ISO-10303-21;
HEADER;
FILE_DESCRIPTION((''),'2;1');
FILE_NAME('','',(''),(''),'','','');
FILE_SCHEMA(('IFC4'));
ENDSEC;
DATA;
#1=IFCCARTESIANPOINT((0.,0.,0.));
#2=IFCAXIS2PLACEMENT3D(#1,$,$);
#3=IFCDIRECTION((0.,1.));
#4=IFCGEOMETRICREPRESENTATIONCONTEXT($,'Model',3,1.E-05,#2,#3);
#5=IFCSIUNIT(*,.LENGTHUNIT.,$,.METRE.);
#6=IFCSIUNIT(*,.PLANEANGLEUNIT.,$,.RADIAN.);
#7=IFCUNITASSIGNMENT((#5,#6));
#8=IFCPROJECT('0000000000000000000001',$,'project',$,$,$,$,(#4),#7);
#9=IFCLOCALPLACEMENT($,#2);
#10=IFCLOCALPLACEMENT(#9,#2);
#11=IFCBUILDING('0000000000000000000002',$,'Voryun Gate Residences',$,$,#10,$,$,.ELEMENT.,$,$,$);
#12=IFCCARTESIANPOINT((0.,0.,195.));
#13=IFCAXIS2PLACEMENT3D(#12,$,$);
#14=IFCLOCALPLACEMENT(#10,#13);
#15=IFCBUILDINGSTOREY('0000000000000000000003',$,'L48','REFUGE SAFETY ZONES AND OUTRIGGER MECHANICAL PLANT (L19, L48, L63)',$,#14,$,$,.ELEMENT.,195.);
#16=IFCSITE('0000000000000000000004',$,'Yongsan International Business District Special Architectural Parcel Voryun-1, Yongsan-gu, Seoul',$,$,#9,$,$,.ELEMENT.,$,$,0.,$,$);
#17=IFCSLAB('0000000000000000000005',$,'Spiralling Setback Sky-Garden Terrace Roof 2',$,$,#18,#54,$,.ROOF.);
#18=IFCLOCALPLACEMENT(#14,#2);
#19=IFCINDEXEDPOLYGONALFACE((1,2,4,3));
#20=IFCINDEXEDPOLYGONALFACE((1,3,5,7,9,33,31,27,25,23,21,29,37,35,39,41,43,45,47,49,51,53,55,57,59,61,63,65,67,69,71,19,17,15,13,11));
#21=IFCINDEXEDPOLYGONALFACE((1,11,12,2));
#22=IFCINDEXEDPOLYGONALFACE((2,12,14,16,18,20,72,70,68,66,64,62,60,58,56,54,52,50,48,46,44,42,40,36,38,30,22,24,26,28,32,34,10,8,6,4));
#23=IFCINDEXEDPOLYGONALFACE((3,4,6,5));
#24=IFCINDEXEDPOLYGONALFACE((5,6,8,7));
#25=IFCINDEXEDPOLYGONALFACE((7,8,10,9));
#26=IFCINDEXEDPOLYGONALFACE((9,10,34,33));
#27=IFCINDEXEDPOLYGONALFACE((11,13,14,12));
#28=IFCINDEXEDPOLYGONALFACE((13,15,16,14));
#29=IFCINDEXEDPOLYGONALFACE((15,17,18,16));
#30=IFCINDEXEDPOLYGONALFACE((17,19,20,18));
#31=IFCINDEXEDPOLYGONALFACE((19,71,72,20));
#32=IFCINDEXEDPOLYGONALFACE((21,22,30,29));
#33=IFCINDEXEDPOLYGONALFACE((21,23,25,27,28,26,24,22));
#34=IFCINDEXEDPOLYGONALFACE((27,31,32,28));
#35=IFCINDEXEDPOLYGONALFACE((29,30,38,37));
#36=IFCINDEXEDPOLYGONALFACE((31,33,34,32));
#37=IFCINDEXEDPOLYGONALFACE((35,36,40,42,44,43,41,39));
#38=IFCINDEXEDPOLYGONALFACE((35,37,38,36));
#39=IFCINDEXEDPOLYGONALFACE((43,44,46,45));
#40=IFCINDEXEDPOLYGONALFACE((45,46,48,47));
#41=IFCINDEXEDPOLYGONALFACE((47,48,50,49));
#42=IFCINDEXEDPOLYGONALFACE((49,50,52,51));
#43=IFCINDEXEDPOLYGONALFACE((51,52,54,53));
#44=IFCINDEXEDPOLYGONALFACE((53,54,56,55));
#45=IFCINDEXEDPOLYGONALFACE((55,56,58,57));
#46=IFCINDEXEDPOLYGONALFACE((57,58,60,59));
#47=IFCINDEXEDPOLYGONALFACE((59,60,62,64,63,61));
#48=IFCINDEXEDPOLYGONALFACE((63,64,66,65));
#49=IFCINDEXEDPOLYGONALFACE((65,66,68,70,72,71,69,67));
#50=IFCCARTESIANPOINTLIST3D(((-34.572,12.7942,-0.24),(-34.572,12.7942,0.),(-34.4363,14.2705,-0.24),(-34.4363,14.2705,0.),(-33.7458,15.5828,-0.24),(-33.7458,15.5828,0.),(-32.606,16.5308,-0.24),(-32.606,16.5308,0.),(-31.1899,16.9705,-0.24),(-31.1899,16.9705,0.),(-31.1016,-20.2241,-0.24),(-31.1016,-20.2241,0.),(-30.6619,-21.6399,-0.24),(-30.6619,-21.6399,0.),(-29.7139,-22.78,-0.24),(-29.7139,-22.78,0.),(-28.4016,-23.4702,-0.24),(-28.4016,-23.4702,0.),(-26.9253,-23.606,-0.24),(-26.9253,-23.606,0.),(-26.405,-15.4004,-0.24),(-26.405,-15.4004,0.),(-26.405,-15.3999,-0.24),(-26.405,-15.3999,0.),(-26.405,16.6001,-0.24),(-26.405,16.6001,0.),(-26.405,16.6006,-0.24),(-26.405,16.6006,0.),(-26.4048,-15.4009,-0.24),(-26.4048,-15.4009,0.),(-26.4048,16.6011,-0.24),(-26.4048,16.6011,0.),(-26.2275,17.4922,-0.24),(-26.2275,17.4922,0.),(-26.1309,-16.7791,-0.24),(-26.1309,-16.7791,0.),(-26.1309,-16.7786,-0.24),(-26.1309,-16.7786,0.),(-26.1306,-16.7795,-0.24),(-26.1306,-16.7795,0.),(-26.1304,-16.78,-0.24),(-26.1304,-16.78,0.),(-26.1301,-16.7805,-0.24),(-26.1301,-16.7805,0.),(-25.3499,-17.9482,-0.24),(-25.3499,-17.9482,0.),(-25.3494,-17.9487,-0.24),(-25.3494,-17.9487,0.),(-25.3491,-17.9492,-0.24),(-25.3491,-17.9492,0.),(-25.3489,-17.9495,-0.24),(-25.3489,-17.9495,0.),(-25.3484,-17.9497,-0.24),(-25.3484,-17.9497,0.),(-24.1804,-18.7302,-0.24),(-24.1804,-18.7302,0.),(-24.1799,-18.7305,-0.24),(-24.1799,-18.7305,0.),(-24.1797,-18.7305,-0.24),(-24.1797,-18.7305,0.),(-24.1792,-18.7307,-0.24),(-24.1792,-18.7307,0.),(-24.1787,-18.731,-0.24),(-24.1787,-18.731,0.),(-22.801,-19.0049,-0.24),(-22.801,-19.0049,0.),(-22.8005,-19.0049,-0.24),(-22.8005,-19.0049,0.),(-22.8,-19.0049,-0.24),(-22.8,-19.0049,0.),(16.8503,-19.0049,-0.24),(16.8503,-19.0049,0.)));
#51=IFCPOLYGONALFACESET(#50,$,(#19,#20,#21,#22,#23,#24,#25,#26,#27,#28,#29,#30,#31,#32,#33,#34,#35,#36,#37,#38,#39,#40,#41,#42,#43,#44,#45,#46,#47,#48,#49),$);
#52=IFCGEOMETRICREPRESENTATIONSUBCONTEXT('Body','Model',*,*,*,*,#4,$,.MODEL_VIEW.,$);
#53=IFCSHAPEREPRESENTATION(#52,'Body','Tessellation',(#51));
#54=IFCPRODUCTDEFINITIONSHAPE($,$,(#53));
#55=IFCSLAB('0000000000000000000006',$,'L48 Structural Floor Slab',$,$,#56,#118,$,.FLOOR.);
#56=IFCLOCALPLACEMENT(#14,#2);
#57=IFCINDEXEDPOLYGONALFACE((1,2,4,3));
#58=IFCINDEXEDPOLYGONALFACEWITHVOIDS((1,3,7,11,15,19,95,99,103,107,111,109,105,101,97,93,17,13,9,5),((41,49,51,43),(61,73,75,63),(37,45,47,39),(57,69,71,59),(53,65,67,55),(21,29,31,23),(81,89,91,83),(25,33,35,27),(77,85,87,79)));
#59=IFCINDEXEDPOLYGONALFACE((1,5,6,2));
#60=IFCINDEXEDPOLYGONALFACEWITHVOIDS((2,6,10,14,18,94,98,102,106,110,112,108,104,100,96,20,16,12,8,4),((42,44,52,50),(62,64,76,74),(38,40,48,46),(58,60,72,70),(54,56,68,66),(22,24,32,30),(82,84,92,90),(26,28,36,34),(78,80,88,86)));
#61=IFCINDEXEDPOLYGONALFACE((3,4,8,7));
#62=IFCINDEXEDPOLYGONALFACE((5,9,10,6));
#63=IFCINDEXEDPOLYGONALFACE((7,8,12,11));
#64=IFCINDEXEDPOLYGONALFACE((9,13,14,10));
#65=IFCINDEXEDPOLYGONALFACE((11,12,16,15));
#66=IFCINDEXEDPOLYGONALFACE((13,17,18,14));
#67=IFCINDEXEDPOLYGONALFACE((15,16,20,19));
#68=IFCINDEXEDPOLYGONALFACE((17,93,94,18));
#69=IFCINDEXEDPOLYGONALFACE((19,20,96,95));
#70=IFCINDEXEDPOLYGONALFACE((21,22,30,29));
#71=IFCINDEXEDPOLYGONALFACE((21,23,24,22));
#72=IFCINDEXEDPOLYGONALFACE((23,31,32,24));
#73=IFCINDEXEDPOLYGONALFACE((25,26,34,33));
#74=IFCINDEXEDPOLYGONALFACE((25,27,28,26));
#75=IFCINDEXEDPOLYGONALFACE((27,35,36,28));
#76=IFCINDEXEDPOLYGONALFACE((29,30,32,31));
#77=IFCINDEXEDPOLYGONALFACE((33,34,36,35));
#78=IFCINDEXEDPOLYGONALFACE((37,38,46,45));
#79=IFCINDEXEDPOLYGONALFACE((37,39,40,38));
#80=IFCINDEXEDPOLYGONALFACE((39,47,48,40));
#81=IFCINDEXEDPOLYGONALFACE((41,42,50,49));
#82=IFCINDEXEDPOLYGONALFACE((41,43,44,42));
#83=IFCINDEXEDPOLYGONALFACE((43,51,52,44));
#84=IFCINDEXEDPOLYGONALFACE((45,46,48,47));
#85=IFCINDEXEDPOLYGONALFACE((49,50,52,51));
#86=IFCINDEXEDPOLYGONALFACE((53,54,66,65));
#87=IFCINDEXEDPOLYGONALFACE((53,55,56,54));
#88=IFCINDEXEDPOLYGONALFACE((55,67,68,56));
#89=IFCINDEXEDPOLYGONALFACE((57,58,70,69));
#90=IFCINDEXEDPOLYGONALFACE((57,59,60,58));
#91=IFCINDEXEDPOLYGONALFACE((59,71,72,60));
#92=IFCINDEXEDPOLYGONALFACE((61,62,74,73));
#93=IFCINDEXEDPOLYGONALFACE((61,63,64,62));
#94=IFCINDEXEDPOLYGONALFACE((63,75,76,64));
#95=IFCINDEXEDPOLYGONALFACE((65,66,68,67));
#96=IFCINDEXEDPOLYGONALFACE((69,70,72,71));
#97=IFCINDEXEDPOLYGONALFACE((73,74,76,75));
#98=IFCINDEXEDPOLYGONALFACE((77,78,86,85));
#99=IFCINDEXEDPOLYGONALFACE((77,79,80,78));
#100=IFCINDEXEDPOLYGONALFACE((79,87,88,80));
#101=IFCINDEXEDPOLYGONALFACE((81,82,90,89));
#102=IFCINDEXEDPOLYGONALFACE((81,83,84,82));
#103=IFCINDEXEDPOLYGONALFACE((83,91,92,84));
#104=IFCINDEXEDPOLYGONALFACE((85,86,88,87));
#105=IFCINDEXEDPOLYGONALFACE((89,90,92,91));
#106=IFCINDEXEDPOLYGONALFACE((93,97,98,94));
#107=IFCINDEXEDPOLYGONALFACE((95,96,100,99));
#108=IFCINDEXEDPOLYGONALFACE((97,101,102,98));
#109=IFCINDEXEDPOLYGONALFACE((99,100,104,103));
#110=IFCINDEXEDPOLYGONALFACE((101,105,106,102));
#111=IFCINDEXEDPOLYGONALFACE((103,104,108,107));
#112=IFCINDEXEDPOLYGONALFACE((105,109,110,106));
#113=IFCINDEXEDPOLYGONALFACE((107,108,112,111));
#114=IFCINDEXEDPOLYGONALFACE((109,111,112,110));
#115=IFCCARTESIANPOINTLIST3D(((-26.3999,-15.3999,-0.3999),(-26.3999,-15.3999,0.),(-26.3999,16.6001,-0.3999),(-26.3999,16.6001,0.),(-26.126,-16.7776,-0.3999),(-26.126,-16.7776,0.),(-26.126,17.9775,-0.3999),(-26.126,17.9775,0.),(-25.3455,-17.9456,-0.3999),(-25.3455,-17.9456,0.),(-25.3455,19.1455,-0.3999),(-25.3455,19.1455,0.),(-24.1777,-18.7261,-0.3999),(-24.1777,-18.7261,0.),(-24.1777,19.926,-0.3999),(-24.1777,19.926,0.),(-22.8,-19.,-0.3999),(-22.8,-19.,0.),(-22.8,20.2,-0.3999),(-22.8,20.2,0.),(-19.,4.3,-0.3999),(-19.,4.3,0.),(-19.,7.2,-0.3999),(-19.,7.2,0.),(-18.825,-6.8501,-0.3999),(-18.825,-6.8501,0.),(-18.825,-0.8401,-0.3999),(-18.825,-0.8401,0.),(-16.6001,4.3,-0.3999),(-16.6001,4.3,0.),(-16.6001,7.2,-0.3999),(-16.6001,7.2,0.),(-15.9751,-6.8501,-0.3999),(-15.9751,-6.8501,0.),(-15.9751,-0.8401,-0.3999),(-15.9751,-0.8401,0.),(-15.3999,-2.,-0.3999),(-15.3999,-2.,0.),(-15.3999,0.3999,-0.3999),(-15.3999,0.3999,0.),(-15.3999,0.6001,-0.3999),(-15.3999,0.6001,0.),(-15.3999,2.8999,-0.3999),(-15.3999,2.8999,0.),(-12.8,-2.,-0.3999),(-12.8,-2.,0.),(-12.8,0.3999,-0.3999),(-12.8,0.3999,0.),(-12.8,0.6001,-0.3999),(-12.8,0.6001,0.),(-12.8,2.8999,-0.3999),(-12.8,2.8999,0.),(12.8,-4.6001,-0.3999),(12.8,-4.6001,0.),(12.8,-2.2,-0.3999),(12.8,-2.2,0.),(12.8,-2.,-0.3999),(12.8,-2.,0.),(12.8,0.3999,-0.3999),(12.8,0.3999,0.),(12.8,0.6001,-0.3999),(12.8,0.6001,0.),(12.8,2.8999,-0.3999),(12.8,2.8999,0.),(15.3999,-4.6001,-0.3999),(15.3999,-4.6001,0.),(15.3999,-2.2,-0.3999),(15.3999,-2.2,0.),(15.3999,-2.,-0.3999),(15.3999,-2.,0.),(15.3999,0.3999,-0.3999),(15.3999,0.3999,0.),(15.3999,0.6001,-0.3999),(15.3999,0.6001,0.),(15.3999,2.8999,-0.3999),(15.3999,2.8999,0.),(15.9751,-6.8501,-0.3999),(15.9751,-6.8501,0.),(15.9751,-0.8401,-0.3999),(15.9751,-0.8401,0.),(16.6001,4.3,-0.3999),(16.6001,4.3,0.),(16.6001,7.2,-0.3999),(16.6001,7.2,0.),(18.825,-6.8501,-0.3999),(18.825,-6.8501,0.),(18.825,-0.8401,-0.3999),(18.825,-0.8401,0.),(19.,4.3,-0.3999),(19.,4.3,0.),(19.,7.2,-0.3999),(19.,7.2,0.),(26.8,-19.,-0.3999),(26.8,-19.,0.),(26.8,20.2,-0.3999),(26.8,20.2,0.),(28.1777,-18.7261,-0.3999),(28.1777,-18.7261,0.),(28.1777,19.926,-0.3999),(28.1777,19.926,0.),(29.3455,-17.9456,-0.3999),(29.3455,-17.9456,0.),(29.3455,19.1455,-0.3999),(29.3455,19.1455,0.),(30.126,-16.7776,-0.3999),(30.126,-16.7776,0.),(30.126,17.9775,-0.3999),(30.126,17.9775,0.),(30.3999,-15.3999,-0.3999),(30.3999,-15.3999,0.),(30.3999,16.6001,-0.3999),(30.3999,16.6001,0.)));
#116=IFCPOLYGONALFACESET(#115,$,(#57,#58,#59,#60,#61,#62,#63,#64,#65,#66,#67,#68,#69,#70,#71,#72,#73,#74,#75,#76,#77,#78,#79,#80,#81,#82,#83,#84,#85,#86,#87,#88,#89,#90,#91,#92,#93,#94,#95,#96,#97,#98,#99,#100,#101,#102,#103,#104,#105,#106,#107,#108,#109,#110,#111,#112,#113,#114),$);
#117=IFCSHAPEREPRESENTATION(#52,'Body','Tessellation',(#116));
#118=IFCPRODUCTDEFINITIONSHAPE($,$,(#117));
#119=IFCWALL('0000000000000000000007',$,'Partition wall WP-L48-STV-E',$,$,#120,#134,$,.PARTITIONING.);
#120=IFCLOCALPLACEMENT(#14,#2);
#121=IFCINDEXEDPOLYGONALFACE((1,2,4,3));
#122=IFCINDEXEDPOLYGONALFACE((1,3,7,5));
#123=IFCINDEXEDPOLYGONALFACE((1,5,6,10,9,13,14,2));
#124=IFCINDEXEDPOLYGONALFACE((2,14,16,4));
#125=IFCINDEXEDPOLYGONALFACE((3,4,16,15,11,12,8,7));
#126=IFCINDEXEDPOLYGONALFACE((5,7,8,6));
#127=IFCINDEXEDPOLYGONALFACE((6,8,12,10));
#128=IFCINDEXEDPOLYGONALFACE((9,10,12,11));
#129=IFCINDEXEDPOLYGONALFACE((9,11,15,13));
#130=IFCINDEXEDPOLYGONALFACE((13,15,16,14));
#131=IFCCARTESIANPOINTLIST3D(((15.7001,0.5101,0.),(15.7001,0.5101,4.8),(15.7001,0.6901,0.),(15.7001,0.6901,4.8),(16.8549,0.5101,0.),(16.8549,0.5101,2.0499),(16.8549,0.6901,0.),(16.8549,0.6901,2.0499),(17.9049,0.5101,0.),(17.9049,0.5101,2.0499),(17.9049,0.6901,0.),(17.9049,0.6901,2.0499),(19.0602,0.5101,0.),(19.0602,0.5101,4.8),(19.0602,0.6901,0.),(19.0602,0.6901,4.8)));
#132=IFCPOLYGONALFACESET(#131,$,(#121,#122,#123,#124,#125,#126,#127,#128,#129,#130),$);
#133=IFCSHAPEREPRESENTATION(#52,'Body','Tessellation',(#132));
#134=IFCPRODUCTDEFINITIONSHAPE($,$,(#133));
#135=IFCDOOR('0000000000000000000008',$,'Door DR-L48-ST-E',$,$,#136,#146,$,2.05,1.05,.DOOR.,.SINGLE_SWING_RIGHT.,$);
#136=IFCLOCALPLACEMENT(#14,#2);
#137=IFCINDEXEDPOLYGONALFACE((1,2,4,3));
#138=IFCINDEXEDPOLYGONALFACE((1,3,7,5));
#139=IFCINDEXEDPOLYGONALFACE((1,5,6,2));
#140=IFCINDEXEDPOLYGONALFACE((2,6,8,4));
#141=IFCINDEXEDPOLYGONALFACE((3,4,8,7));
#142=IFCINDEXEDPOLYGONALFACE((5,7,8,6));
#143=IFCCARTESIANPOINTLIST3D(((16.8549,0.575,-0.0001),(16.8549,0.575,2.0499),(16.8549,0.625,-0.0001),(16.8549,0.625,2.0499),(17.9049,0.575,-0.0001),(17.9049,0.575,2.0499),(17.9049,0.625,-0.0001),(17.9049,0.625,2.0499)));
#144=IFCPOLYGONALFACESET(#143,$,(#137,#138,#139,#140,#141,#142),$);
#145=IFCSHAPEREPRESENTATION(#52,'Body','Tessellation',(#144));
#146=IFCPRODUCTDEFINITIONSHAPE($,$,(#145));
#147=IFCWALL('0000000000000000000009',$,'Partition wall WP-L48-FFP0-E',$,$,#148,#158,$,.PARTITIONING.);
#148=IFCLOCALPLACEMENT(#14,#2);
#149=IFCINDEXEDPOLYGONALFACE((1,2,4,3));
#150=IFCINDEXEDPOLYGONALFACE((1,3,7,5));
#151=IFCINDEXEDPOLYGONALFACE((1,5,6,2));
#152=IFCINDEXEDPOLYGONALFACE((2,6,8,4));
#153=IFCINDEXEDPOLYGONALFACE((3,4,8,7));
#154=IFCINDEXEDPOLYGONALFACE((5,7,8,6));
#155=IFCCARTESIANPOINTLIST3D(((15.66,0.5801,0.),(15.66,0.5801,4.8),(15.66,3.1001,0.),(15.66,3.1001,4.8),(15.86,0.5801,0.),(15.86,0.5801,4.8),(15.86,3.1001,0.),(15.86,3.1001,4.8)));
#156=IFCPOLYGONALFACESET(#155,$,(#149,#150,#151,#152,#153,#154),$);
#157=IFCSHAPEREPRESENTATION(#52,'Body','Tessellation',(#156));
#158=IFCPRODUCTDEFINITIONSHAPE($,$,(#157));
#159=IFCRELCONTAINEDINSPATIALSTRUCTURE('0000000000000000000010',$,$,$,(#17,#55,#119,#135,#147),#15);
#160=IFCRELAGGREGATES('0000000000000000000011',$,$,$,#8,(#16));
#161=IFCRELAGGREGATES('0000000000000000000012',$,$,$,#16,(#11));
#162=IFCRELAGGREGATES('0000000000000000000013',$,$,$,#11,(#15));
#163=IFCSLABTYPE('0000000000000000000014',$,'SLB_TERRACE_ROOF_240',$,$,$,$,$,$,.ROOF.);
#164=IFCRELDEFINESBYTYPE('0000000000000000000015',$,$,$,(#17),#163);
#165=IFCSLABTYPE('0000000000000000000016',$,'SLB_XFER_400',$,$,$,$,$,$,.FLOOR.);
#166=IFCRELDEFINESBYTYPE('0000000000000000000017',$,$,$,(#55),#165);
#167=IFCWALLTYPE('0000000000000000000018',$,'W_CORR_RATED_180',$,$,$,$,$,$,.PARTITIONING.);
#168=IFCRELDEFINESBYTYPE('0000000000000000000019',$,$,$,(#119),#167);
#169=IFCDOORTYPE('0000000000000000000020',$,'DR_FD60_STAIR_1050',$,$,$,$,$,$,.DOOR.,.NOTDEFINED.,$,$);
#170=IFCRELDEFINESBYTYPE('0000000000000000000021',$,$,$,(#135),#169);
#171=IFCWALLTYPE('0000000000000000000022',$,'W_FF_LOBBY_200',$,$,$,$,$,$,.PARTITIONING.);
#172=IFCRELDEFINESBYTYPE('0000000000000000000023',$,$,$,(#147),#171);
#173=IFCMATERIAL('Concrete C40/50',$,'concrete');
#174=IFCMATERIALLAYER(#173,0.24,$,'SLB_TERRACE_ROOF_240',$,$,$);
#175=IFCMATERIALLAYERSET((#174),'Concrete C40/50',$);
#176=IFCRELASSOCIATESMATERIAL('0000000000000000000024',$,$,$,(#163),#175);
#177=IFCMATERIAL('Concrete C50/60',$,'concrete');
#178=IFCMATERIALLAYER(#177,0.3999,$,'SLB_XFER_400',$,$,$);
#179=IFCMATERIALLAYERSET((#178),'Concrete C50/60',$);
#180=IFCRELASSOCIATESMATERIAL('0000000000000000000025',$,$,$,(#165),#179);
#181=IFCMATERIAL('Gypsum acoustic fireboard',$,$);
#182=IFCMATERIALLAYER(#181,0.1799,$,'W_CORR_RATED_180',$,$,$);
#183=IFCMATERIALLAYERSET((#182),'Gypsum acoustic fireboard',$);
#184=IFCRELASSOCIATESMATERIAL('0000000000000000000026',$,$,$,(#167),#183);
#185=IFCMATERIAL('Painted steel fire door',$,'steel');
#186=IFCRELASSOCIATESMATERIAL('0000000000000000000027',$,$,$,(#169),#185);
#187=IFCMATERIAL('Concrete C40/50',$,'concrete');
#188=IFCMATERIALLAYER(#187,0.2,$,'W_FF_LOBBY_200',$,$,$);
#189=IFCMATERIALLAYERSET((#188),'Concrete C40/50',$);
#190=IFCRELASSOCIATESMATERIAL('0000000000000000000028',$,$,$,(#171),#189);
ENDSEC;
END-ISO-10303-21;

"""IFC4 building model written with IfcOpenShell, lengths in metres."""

from ifc_helpers import new_model, si_unit, direction, frame, frame_2d, origin, place, context, subcontext, project, spatial, polyline, rectangle, outline, extrude, material, layer, layer_set, type_object, element, fill, save


model = new_model("IFC4")

# Units and contexts
model_context = context("Model", 3, precision=1e-05, world=origin(), true_north=direction((0.0, 1.0)))
body_context = subcontext(model_context, "Body", "Model", "MODEL_VIEW")
ifc_project = project(units=[si_unit("LENGTHUNIT", "METRE"), si_unit("PLANEANGLEUNIT", "RADIAN")], contexts=[model_context])

# Site, building, storey
site_placement = place(None, origin())
site = spatial("IfcSite", under=ifc_project, at=site_placement, Name="Yongsan International Business District Special Architectural Parcel Voryun-1, Yongsan-gu, Seoul", CompositionType="ELEMENT", RefElevation=0.0)
building_placement = place(site_placement, origin())
building = spatial("IfcBuilding", under=site, at=building_placement, Name="Voryun Gate Residences", CompositionType="ELEMENT")
storey_placement = place(building_placement, frame((0.0, 0.0, 195.0)))
storey = spatial("IfcBuildingStorey", under=building, at=storey_placement, Name="L48", Description="REFUGE SAFETY ZONES AND OUTRIGGER MECHANICAL PLANT (L19, L48, L63)", CompositionType="ELEMENT", Elevation=195.0)

# Slabs
ifc_material_1 = material(Name="Concrete C40/50", Category="concrete")
ifc_layer_1 = layer(ifc_material_1, 0.24, Name="SLB_TERRACE_ROOF_240")
ifc_layer_set_1 = layer_set([ifc_layer_1], Name="Concrete C40/50")
slab_type_1 = type_object("IfcSlabType", Name="SLB_TERRACE_ROOF_240", PredefinedType="ROOF", material=ifc_layer_set_1)
slab_1_placement = place(storey_placement, frame((0.0, 0.0, -0.24)))
element("IfcSlab", 1, at=slab_1_placement, inside=storey, type_object=slab_type_1, Name="Spiralling Setback Sky-Garden Terrace Roof 2", PredefinedType="ROOF", context=body_context, shape_type="SweptSolid", body=[
    extrude(outline(polyline([(-26.9253, -23.606), (-28.4016, -23.4702), (-29.7139, -22.78), (-30.6619, -21.6399), (-31.1016, -20.2241), (-34.572, 12.7942), (-34.4363, 14.2705), (-33.7458, 15.5828), (-32.606, 16.5308), (-31.1899, 16.9705), (-26.2275, 17.4922), (-26.4048, 16.6011), (-26.405, 16.6006), (-26.405, 16.6001), (-26.405, -15.3999), (-26.405, -15.4004), (-26.4048, -15.4009), (-26.1309, -16.7786), (-26.1309, -16.7791), (-26.1306, -16.7795), (-26.1304, -16.78), (-26.1301, -16.7805), (-25.3499, -17.9482), (-25.3494, -17.9487), (-25.3491, -17.9492), (-25.3489, -17.9495), (-25.3484, -17.9497), (-24.1804, -18.7302), (-24.1799, -18.7305), (-24.1797, -18.7305), (-24.1792, -18.7307), (-24.1787, -18.731), (-22.801, -19.0049), (-22.8005, -19.0049), (-22.8, -19.0049), (16.8503, -19.0049), (-26.9253, -23.606)])), origin(), (0.0, 0.0, 1.0), 0.24),
])
ifc_material_2 = material(Name="Concrete C50/60", Category="concrete")
ifc_layer_2 = layer(ifc_material_2, 0.3999, Name="SLB_XFER_400")
ifc_layer_set_2 = layer_set([ifc_layer_2], Name="Concrete C50/60")
slab_type_2 = type_object("IfcSlabType", Name="SLB_XFER_400", PredefinedType="FLOOR", material=ifc_layer_set_2)
slab_2_placement = place(storey_placement, frame((0.0, 0.0, -0.3999)))
element("IfcSlab", 2, at=slab_2_placement, inside=storey, type_object=slab_type_2, Name="L48 Structural Floor Slab", PredefinedType="FLOOR", context=body_context, shape_type="SweptSolid", body=[
    extrude(outline(polyline([(-22.8, -19.0), (-24.1777, -18.7261), (-25.3455, -17.9456), (-26.126, -16.7776), (-26.3999, -15.3999), (-26.3999, 16.6001), (-26.126, 17.9775), (-25.3455, 19.1455), (-24.1777, 19.926), (-22.8, 20.2), (26.8, 20.2), (28.1777, 19.926), (29.3455, 19.1455), (30.126, 17.9775), (30.3999, 16.6001), (30.3999, -15.3999), (30.126, -16.7776), (29.3455, -17.9456), (28.1777, -18.7261), (26.8, -19.0), (-22.8, -19.0)]), holes=[polyline([(-15.9751, -6.8501), (-15.9751, -0.8401), (-18.825, -0.8401), (-18.825, -6.8501), (-15.9751, -6.8501)]), polyline([(18.825, -6.8501), (18.825, -0.8401), (15.9751, -0.8401), (15.9751, -6.8501), (18.825, -6.8501)]), polyline([(15.3999, -2.2), (12.8, -2.2), (12.8, -4.6001), (15.3999, -4.6001), (15.3999, -2.2)]), polyline([(-12.8, 0.3999), (-15.3999, 0.3999), (-15.3999, -2.0), (-12.8, -2.0), (-12.8, 0.3999)]), polyline([(15.3999, 0.3999), (12.8, 0.3999), (12.8, -2.0), (15.3999, -2.0), (15.3999, 0.3999)]), polyline([(-12.8, 2.8999), (-15.3999, 2.8999), (-15.3999, 0.6001), (-12.8, 0.6001), (-12.8, 2.8999)]), polyline([(15.3999, 2.8999), (12.8, 2.8999), (12.8, 0.6001), (15.3999, 0.6001), (15.3999, 2.8999)]), polyline([(-16.6001, 4.3), (-16.6001, 7.2), (-19.0, 7.2), (-19.0, 4.3), (-16.6001, 4.3)]), polyline([(19.0, 4.3), (19.0, 7.2), (16.6001, 7.2), (16.6001, 4.3), (19.0, 4.3)])]), origin(), (0.0, 0.0, 1.0), 0.3999),
])

# Wall, opening, door
ifc_material_3 = material(Name="Gypsum acoustic fireboard")
ifc_layer_3 = layer(ifc_material_3, 0.1799, Name="W_CORR_RATED_180")
ifc_layer_set_3 = layer_set([ifc_layer_3], Name="Gypsum acoustic fireboard")
wall_type_1 = type_object("IfcWallType", Name="W_CORR_RATED_180", PredefinedType="PARTITIONING", material=ifc_layer_set_3)
wall_1_placement = place(storey_placement, frame((15.7, 0.6001, 0.0), z_axis=(0.0, 0.0, 1.0), x_axis=(1.0, 0.0, 0.0)))
wall_1 = element("IfcWall", 3, at=wall_1_placement, inside=storey, type_object=wall_type_1, Name="Partition wall WP-L48-STV-E", PredefinedType="PARTITIONING", context=body_context, shape_type="SweptSolid", body=[
    extrude(rectangle(XDim=3.3601, YDim=0.1799, at=frame_2d((1.6802, 0.0))), origin(), (0.0, 0.0, 1.0), 4.8),
])
opening_placement = place(wall_1_placement, frame((1.155, 0.0, 0.0)))
opening = element("IfcOpeningElement", 4, at=opening_placement, cuts=wall_1, PredefinedType="OPENING", context=body_context, shape_type="SweptSolid", body=[
    extrude(rectangle(XDim=1.05, YDim=2.05, at=frame_2d((0.5249, 1.0249))), frame((0.0, 0.0999, 0.0), z_axis=(0.0, -1.0, 0.0), x_axis=(1.0, 0.0, 0.0)), (0.0, 0.0, 1.0), 0.2),
])
ifc_material_4 = material(Name="Painted steel fire door", Category="steel")
door_type = type_object("IfcDoorType", Name="DR_FD60_STAIR_1050", OperationType="NOTDEFINED", PredefinedType="DOOR", material=ifc_material_4)
door_placement = place(opening_placement, origin())
door = element("IfcDoor", 5, at=door_placement, inside=storey, type_object=door_type, Name="Door DR-L48-ST-E", OperationType="SINGLE_SWING_RIGHT", OverallHeight=2.05, OverallWidth=1.05, PredefinedType="DOOR", context=body_context, shape_type="SweptSolid", body=[
    extrude(rectangle(XDim=1.05, YDim=2.05, at=frame_2d((0.5249, 1.0249))), frame((0.0, 0.0249, 0.0), z_axis=(0.0, -1.0, 0.0), x_axis=(1.0, 0.0, 0.0)), (0.0, 0.0, 1.0), 0.05),
])
fill(opening, door)

# Wall
ifc_material_5 = material(Name="Concrete C40/50", Category="concrete")
ifc_layer_4 = layer(ifc_material_5, 0.2, Name="W_FF_LOBBY_200")
ifc_layer_set_4 = layer_set([ifc_layer_4], Name="Concrete C40/50")
wall_type_2 = type_object("IfcWallType", Name="W_FF_LOBBY_200", PredefinedType="PARTITIONING", material=ifc_layer_set_4)
wall_2_placement = place(storey_placement, frame((15.76, 0.5801, 0.0), z_axis=(0.0, 0.0, 1.0), x_axis=(0.0, 1.0, 0.0)))
element("IfcWall", 6, at=wall_2_placement, inside=storey, type_object=wall_type_2, Name="Partition wall WP-L48-FFP0-E", PredefinedType="PARTITIONING", context=body_context, shape_type="SweptSolid", body=[
    extrude(rectangle(XDim=2.52, YDim=0.2, at=frame_2d((1.26, 0.0))), origin(), (0.0, 0.0, 1.0), 4.8),
])

save(model, "model.ifc")
